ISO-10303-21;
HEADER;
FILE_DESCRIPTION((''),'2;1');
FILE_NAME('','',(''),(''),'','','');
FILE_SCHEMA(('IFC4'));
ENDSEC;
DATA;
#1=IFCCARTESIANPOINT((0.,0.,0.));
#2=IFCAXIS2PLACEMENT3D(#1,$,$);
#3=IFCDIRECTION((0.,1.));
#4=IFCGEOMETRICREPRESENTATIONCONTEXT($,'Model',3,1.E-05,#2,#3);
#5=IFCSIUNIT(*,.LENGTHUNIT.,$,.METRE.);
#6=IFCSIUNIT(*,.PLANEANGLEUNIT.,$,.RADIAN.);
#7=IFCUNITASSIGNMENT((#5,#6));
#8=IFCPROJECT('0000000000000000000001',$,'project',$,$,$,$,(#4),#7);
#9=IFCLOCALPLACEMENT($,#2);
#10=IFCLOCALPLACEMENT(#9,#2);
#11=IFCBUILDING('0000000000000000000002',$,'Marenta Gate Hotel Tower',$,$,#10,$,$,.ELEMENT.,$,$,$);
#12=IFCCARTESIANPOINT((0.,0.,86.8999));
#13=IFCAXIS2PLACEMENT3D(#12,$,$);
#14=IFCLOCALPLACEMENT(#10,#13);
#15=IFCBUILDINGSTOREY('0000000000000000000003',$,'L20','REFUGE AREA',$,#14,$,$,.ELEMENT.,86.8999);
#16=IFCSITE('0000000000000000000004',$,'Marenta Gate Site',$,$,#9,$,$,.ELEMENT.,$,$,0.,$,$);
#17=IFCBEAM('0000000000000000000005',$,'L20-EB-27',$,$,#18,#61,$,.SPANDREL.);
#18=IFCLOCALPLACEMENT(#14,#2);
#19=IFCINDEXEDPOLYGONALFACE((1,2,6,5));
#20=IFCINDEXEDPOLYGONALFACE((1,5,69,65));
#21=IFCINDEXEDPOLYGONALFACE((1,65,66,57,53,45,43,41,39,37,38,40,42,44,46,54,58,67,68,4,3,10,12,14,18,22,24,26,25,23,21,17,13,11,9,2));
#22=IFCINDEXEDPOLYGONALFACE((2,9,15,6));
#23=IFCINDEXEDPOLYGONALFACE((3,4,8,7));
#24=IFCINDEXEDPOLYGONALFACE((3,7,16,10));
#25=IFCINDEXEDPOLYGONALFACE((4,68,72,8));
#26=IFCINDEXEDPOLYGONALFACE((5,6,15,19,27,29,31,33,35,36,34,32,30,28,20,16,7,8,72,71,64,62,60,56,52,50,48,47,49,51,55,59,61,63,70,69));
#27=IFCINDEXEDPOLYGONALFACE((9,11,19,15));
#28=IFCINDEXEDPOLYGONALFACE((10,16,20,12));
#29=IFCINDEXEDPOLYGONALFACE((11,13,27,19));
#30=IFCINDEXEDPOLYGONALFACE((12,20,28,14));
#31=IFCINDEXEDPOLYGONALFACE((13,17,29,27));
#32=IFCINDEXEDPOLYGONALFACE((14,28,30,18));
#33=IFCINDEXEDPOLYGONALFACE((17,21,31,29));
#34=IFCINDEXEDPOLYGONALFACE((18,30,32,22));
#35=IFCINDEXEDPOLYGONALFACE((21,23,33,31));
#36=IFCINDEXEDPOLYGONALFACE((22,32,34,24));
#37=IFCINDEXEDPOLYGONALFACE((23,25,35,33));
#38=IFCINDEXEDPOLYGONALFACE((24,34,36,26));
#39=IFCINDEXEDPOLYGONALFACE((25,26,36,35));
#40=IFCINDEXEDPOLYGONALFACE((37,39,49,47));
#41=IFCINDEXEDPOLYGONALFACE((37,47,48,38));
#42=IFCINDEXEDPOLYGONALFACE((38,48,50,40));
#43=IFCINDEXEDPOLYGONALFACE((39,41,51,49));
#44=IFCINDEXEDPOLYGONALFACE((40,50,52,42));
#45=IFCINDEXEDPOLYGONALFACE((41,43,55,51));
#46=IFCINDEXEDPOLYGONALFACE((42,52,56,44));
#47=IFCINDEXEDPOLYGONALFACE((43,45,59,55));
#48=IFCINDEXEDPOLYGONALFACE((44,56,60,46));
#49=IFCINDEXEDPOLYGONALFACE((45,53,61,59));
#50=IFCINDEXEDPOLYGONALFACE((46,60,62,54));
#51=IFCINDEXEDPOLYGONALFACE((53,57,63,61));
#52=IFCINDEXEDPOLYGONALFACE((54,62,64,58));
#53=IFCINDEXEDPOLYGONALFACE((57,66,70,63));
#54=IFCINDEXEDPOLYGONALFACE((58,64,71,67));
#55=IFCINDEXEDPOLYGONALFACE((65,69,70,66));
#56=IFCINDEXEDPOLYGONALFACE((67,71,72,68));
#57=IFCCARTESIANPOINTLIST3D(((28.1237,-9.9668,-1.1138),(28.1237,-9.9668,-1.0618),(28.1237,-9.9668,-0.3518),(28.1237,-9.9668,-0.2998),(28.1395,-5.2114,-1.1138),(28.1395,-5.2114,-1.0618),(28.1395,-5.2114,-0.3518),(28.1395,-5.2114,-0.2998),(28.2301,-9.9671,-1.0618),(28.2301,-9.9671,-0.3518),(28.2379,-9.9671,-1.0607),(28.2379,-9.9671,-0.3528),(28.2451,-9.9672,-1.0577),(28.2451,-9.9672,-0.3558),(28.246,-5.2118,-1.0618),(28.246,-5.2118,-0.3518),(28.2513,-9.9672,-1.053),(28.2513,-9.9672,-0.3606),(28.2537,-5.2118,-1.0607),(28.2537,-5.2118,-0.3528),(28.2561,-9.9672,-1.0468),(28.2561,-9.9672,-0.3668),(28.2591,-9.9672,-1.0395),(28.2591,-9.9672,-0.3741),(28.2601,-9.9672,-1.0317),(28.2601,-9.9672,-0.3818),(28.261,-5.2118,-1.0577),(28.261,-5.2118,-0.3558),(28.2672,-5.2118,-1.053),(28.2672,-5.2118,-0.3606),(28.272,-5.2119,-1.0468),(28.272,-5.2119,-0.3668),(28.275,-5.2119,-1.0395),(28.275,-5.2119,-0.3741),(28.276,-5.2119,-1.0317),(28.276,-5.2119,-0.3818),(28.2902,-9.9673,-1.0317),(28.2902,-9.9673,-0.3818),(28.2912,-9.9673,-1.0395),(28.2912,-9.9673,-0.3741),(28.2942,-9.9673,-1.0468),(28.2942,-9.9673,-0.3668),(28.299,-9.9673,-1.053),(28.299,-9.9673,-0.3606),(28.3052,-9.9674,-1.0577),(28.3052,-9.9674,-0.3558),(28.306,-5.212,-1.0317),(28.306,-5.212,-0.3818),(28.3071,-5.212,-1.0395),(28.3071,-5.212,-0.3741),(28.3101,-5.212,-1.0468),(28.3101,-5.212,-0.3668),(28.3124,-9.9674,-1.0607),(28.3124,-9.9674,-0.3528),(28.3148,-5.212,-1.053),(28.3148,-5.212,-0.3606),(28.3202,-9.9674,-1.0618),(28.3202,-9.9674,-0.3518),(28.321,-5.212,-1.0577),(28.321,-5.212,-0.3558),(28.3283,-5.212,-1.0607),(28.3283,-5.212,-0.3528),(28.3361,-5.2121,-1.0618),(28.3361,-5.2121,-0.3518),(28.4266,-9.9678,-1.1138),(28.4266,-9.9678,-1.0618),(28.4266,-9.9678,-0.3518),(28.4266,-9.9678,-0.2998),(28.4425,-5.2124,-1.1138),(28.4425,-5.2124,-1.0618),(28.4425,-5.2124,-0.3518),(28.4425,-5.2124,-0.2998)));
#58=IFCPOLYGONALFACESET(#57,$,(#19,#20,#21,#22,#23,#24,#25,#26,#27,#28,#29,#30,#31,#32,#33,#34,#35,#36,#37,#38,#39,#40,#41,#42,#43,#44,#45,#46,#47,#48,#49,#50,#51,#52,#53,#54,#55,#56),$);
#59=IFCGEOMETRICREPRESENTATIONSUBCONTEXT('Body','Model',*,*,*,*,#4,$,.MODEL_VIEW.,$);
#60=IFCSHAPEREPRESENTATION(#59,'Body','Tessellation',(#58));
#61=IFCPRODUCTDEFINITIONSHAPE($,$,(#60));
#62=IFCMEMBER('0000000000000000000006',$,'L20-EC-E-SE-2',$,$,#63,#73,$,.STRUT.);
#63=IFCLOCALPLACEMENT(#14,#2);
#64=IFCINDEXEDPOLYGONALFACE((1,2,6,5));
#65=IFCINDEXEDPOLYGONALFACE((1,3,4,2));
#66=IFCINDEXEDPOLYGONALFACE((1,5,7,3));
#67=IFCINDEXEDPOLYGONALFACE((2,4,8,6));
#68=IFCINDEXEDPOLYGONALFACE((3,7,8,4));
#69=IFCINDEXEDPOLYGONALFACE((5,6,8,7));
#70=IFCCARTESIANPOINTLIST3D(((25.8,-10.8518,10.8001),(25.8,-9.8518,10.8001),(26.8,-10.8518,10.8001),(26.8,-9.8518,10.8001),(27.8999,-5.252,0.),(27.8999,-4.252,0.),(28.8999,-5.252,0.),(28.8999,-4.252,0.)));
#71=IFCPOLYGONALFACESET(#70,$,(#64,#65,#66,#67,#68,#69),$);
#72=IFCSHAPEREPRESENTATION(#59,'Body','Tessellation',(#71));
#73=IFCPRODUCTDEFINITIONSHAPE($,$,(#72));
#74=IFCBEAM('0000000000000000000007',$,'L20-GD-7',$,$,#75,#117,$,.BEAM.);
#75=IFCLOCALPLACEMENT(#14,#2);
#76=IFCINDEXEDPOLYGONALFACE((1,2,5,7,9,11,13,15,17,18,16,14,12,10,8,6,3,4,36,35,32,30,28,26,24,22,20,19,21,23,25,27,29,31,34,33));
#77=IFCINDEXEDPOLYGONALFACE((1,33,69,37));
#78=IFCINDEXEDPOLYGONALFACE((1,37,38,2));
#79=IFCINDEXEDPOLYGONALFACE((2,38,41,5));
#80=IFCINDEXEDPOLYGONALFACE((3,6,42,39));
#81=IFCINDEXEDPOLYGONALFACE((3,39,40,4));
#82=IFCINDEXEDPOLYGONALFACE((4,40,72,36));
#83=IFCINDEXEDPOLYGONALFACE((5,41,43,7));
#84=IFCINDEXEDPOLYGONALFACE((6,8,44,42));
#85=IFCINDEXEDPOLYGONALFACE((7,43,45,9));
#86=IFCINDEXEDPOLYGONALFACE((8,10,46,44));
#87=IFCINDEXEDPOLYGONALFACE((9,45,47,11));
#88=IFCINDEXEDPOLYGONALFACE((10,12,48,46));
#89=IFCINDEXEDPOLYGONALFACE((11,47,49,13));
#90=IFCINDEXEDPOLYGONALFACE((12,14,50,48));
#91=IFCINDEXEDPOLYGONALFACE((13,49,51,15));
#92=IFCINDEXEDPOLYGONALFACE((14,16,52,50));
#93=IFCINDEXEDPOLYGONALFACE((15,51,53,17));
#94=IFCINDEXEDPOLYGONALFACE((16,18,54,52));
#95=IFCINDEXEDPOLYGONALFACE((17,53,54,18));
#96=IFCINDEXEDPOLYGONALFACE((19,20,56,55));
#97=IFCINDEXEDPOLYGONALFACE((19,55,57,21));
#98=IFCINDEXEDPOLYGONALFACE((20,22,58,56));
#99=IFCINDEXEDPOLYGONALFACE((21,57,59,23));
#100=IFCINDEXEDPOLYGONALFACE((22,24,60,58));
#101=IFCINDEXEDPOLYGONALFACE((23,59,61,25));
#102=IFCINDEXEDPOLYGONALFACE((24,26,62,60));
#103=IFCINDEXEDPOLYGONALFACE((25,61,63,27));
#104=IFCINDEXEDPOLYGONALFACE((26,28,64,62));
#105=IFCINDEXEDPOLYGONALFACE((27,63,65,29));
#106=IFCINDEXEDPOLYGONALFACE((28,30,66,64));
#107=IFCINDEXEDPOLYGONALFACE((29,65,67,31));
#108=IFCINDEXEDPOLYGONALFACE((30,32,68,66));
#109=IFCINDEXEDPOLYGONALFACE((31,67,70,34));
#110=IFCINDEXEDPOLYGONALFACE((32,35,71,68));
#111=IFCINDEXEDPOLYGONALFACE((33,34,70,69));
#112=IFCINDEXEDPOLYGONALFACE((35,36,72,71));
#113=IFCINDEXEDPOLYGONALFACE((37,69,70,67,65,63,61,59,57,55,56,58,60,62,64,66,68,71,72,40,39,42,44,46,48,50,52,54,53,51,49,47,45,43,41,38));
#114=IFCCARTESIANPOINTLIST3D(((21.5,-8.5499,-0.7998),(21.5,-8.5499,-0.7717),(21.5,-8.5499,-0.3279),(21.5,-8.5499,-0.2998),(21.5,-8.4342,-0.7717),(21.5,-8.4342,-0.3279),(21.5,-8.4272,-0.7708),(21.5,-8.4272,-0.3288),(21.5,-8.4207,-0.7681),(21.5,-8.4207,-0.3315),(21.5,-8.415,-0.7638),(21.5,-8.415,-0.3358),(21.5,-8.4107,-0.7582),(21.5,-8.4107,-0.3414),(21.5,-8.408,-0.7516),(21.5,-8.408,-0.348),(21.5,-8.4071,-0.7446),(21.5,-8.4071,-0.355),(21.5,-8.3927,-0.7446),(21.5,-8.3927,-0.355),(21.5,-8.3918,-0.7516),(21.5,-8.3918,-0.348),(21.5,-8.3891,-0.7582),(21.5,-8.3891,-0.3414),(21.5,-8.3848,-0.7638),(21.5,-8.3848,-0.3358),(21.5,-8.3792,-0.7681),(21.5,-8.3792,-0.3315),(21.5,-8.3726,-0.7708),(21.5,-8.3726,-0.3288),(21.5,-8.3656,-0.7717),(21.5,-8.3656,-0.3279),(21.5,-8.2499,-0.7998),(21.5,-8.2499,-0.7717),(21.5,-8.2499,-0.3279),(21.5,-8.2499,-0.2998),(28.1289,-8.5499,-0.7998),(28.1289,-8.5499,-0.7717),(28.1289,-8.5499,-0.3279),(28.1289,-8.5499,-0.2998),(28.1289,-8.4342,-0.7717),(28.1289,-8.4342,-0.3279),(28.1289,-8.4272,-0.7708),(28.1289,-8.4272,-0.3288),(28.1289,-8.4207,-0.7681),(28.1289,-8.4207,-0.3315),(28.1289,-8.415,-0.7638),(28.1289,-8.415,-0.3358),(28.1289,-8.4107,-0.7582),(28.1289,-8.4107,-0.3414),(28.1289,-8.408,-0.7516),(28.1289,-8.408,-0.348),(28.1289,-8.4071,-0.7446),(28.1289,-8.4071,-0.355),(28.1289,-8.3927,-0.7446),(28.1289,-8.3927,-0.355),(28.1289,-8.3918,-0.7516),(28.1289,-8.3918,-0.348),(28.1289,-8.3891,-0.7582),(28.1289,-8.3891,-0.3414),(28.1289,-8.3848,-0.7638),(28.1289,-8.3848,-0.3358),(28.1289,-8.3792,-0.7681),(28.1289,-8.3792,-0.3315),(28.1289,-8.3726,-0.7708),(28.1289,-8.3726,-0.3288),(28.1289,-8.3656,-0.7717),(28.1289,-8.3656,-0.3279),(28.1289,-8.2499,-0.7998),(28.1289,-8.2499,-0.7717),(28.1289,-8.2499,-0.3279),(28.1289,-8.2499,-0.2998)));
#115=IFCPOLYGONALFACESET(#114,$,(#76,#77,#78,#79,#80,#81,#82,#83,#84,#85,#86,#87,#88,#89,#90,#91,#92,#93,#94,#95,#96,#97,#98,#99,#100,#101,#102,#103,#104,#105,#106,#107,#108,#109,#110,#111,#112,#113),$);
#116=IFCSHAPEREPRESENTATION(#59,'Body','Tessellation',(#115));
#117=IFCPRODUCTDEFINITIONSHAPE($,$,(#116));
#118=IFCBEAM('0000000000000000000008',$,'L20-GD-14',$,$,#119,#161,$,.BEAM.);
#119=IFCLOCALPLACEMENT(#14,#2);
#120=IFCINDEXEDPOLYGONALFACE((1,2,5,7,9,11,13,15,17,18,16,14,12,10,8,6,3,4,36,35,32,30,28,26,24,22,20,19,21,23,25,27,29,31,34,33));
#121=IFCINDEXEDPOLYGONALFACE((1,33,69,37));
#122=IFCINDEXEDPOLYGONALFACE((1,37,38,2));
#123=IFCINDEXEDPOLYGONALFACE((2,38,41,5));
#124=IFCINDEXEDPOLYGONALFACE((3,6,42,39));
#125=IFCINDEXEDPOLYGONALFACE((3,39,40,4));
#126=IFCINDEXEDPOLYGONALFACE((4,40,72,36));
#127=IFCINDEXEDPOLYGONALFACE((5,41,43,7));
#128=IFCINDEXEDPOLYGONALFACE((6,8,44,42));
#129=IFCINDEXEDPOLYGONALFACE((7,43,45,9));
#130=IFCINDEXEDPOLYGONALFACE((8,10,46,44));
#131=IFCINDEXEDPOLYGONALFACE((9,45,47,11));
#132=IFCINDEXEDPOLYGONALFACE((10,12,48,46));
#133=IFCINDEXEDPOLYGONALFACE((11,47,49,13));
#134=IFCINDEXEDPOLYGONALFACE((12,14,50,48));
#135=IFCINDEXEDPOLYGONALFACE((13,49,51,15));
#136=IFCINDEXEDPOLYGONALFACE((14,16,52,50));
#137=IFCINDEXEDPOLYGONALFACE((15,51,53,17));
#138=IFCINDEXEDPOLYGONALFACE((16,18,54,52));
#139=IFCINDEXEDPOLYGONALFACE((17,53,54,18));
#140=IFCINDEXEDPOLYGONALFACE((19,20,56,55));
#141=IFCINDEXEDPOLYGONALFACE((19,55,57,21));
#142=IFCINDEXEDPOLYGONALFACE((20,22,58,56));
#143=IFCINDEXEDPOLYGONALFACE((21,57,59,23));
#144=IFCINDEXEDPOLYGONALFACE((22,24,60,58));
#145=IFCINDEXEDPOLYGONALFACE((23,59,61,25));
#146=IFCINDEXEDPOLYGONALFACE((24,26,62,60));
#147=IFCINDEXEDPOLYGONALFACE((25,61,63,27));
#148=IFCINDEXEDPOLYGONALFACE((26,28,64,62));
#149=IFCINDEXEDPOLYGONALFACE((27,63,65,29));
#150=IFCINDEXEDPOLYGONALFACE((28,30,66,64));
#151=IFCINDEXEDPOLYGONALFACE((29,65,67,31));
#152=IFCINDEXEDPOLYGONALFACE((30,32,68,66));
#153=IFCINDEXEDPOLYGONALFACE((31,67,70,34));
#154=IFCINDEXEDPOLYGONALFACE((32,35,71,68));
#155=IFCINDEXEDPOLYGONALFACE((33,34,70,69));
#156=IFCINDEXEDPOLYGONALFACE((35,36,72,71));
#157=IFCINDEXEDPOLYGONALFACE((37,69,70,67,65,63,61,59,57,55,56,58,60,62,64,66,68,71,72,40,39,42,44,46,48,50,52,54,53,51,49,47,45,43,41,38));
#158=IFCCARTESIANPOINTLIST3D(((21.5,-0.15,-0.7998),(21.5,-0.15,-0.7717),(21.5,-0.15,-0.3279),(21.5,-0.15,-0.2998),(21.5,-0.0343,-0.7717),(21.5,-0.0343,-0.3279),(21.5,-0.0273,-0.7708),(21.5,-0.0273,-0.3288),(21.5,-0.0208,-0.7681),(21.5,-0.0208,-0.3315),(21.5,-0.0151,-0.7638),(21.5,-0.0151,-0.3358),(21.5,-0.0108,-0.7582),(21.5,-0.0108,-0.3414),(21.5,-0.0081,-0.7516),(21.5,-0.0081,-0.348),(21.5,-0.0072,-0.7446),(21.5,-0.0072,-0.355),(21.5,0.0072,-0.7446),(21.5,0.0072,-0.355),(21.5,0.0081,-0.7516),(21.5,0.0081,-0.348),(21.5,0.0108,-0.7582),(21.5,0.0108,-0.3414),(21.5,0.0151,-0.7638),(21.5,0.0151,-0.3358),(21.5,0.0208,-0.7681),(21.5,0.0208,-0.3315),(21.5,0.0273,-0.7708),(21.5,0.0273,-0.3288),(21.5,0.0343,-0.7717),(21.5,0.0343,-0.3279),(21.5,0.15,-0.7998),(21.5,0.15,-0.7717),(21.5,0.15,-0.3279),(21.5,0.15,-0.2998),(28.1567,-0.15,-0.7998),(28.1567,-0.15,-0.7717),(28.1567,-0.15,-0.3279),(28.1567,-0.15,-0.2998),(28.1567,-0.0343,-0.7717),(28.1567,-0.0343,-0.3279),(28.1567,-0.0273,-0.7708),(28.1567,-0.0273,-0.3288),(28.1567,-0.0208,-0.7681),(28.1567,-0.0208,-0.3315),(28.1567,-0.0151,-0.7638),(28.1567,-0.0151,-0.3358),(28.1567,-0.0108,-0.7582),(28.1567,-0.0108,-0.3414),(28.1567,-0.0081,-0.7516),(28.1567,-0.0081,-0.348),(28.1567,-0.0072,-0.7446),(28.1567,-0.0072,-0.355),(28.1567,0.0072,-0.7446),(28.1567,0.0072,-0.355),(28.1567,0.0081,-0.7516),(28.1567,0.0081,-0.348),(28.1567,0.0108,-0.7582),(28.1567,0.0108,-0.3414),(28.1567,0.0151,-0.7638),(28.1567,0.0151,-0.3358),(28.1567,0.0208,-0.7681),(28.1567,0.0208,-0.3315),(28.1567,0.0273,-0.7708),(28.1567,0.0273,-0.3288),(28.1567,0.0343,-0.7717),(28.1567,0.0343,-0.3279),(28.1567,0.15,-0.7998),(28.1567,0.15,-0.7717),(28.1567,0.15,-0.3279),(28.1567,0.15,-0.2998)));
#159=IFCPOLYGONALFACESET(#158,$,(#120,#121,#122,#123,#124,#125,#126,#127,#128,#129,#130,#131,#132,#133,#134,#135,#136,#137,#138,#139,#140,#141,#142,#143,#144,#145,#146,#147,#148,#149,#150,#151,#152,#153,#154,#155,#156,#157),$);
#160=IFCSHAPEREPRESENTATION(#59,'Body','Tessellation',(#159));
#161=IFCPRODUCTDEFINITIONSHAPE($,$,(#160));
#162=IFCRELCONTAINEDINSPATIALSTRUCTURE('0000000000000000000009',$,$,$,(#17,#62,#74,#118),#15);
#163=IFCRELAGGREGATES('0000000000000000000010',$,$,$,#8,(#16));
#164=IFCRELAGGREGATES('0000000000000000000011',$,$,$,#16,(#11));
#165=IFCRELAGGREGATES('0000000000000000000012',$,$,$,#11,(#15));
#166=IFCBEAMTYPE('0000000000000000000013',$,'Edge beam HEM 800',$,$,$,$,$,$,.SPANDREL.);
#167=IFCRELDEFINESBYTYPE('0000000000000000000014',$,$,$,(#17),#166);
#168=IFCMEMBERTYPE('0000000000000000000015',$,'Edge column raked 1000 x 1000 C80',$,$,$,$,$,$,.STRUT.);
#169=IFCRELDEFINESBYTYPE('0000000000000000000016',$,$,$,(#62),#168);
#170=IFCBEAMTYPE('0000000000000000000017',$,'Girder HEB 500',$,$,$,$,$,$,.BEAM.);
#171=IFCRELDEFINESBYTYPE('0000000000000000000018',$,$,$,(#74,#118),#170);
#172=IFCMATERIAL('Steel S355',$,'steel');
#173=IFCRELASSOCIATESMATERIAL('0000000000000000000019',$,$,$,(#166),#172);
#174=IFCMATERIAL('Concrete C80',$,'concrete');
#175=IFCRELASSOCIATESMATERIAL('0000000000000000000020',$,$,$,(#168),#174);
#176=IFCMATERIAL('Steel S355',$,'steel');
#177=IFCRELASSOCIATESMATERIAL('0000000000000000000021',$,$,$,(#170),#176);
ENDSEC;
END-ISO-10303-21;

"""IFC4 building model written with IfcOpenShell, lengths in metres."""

from ifc_helpers import new_model, si_unit, direction, frame, origin, origin_2d, place, context, subcontext, project, spatial, rectangle, i_section, extrude, material, material_profile, profile_set, type_object, element, save


model = new_model("IFC4")

# Units and contexts
model_context = context("Model", 3, precision=1e-05, world=origin(), true_north=direction((0.0, 1.0)))
body_context = subcontext(model_context, "Body", "Model", "MODEL_VIEW")
ifc_project = project(units=[si_unit("LENGTHUNIT", "METRE"), si_unit("PLANEANGLEUNIT", "RADIAN")], contexts=[model_context])

# Site, building, storey
site_placement = place(None, origin())
site = spatial("IfcSite", under=ifc_project, at=site_placement, Name="Marenta Gate Site", CompositionType="ELEMENT", RefElevation=0.0)
building_placement = place(site_placement, origin())
building = spatial("IfcBuilding", under=site, at=building_placement, Name="Marenta Gate Hotel Tower", CompositionType="ELEMENT")
storey_placement = place(building_placement, frame((0.0, 0.0, 86.8999)))
storey = spatial("IfcBuildingStorey", under=building, at=storey_placement, Name="L20", Description="REFUGE AREA", CompositionType="ELEMENT", Elevation=86.8999)

# Beam
ifc_material_1 = material(Name="Steel S355", Category="steel")
ifc_material_profile_1 = material_profile(ifc_material_1, i_section(OverallWidth=0.303, OverallDepth=0.814, WebThickness=0.03, FlangeThickness=0.052, FilletRadius=0.03, at=origin_2d()), Name="HEM 800")
ifc_profile_set_1 = profile_set([ifc_material_profile_1], Name="Steel S355")
beam_type_1 = type_object("IfcBeamType", Name="Edge beam HEM 800", PredefinedType="SPANDREL", material=ifc_profile_set_1)
beam_1_placement = place(storey_placement, frame((28.291, -5.2119, -0.7068), z_axis=(-0.003337, -0.999994, 0.0), x_axis=(0.999994, -0.003337, 0.0)))
element("IfcBeam", 1, at=beam_1_placement, inside=storey, type_object=beam_type_1, Name="L20-EB-27", PredefinedType="SPANDREL", context=body_context, shape_type="SweptSolid", body=[
    extrude(i_section(OverallWidth=0.303, OverallDepth=0.814, WebThickness=0.03, FlangeThickness=0.052, FilletRadius=0.03, at=origin_2d()), origin(), (0.0, 0.0, 1.0), 4.7554),
])

# Member
ifc_material_2 = material(Name="Concrete C80", Category="concrete")
ifc_material_profile_2 = material_profile(ifc_material_2, rectangle(XDim=1.0, YDim=1.0, at=origin_2d()), Name="1000 x 1000")
ifc_profile_set_2 = profile_set([ifc_material_profile_2], Name="Concrete C80")
member_type_1 = type_object("IfcMemberType", Name="Edge column raked 1000 x 1000 C80", PredefinedType="STRUT", material=ifc_profile_set_2)
member_1_placement = place(storey_placement, frame((28.3999, -4.752, 0.0), z_axis=(0.0, 0.0, 1.0), x_axis=(1.0, 0.0, 0.0)))
element("IfcMember", 2, at=member_1_placement, inside=storey, type_object=member_type_1, Name="L20-EC-E-SE-2", PredefinedType="STRUT", context=body_context, shape_type="SweptSolid", body=[
    extrude(rectangle(XDim=1.0, YDim=1.0, at=origin_2d()), origin(), (-0.170092, -0.453599, 0.874824), 12.3455),
])

# Beams
ifc_material_3 = material(Name="Steel S355", Category="steel")
ifc_material_profile_3 = material_profile(ifc_material_3, i_section(OverallWidth=0.3, OverallDepth=0.5, WebThickness=0.0144, FlangeThickness=0.0281, FilletRadius=0.0271, at=origin_2d()), Name="HEB 500")
ifc_profile_set_3 = profile_set([ifc_material_profile_3], Name="Steel S355")
beam_type_2 = type_object("IfcBeamType", Name="Girder HEB 500", PredefinedType="BEAM", material=ifc_profile_set_3)
beam_2_placement = place(storey_placement, frame((21.5, -8.3999, -0.5498), z_axis=(1.0, 0.0, 0.0), x_axis=(0.0, 1.0, 0.0)))
element("IfcBeam", 3, at=beam_2_placement, inside=storey, type_object=beam_type_2, Name="L20-GD-7", PredefinedType="BEAM", context=body_context, shape_type="SweptSolid", body=[
    extrude(i_section(OverallWidth=0.3, OverallDepth=0.5, WebThickness=0.0144, FlangeThickness=0.0281, FilletRadius=0.0271, at=origin_2d()), origin(), (0.0, 0.0, 1.0), 6.6289),
])
beam_3_placement = place(storey_placement, frame((21.5, 0.0, -0.5498), z_axis=(1.0, 0.0, 0.0), x_axis=(0.0, 1.0, 0.0)))
element("IfcBeam", 4, at=beam_3_placement, inside=storey, type_object=beam_type_2, Name="L20-GD-14", PredefinedType="BEAM", context=body_context, shape_type="SweptSolid", body=[
    extrude(i_section(OverallWidth=0.3, OverallDepth=0.5, WebThickness=0.0144, FlangeThickness=0.0281, FilletRadius=0.0271, at=origin_2d()), origin(), (0.0, 0.0, 1.0), 6.6567),
])

save(model, "model.ifc")
